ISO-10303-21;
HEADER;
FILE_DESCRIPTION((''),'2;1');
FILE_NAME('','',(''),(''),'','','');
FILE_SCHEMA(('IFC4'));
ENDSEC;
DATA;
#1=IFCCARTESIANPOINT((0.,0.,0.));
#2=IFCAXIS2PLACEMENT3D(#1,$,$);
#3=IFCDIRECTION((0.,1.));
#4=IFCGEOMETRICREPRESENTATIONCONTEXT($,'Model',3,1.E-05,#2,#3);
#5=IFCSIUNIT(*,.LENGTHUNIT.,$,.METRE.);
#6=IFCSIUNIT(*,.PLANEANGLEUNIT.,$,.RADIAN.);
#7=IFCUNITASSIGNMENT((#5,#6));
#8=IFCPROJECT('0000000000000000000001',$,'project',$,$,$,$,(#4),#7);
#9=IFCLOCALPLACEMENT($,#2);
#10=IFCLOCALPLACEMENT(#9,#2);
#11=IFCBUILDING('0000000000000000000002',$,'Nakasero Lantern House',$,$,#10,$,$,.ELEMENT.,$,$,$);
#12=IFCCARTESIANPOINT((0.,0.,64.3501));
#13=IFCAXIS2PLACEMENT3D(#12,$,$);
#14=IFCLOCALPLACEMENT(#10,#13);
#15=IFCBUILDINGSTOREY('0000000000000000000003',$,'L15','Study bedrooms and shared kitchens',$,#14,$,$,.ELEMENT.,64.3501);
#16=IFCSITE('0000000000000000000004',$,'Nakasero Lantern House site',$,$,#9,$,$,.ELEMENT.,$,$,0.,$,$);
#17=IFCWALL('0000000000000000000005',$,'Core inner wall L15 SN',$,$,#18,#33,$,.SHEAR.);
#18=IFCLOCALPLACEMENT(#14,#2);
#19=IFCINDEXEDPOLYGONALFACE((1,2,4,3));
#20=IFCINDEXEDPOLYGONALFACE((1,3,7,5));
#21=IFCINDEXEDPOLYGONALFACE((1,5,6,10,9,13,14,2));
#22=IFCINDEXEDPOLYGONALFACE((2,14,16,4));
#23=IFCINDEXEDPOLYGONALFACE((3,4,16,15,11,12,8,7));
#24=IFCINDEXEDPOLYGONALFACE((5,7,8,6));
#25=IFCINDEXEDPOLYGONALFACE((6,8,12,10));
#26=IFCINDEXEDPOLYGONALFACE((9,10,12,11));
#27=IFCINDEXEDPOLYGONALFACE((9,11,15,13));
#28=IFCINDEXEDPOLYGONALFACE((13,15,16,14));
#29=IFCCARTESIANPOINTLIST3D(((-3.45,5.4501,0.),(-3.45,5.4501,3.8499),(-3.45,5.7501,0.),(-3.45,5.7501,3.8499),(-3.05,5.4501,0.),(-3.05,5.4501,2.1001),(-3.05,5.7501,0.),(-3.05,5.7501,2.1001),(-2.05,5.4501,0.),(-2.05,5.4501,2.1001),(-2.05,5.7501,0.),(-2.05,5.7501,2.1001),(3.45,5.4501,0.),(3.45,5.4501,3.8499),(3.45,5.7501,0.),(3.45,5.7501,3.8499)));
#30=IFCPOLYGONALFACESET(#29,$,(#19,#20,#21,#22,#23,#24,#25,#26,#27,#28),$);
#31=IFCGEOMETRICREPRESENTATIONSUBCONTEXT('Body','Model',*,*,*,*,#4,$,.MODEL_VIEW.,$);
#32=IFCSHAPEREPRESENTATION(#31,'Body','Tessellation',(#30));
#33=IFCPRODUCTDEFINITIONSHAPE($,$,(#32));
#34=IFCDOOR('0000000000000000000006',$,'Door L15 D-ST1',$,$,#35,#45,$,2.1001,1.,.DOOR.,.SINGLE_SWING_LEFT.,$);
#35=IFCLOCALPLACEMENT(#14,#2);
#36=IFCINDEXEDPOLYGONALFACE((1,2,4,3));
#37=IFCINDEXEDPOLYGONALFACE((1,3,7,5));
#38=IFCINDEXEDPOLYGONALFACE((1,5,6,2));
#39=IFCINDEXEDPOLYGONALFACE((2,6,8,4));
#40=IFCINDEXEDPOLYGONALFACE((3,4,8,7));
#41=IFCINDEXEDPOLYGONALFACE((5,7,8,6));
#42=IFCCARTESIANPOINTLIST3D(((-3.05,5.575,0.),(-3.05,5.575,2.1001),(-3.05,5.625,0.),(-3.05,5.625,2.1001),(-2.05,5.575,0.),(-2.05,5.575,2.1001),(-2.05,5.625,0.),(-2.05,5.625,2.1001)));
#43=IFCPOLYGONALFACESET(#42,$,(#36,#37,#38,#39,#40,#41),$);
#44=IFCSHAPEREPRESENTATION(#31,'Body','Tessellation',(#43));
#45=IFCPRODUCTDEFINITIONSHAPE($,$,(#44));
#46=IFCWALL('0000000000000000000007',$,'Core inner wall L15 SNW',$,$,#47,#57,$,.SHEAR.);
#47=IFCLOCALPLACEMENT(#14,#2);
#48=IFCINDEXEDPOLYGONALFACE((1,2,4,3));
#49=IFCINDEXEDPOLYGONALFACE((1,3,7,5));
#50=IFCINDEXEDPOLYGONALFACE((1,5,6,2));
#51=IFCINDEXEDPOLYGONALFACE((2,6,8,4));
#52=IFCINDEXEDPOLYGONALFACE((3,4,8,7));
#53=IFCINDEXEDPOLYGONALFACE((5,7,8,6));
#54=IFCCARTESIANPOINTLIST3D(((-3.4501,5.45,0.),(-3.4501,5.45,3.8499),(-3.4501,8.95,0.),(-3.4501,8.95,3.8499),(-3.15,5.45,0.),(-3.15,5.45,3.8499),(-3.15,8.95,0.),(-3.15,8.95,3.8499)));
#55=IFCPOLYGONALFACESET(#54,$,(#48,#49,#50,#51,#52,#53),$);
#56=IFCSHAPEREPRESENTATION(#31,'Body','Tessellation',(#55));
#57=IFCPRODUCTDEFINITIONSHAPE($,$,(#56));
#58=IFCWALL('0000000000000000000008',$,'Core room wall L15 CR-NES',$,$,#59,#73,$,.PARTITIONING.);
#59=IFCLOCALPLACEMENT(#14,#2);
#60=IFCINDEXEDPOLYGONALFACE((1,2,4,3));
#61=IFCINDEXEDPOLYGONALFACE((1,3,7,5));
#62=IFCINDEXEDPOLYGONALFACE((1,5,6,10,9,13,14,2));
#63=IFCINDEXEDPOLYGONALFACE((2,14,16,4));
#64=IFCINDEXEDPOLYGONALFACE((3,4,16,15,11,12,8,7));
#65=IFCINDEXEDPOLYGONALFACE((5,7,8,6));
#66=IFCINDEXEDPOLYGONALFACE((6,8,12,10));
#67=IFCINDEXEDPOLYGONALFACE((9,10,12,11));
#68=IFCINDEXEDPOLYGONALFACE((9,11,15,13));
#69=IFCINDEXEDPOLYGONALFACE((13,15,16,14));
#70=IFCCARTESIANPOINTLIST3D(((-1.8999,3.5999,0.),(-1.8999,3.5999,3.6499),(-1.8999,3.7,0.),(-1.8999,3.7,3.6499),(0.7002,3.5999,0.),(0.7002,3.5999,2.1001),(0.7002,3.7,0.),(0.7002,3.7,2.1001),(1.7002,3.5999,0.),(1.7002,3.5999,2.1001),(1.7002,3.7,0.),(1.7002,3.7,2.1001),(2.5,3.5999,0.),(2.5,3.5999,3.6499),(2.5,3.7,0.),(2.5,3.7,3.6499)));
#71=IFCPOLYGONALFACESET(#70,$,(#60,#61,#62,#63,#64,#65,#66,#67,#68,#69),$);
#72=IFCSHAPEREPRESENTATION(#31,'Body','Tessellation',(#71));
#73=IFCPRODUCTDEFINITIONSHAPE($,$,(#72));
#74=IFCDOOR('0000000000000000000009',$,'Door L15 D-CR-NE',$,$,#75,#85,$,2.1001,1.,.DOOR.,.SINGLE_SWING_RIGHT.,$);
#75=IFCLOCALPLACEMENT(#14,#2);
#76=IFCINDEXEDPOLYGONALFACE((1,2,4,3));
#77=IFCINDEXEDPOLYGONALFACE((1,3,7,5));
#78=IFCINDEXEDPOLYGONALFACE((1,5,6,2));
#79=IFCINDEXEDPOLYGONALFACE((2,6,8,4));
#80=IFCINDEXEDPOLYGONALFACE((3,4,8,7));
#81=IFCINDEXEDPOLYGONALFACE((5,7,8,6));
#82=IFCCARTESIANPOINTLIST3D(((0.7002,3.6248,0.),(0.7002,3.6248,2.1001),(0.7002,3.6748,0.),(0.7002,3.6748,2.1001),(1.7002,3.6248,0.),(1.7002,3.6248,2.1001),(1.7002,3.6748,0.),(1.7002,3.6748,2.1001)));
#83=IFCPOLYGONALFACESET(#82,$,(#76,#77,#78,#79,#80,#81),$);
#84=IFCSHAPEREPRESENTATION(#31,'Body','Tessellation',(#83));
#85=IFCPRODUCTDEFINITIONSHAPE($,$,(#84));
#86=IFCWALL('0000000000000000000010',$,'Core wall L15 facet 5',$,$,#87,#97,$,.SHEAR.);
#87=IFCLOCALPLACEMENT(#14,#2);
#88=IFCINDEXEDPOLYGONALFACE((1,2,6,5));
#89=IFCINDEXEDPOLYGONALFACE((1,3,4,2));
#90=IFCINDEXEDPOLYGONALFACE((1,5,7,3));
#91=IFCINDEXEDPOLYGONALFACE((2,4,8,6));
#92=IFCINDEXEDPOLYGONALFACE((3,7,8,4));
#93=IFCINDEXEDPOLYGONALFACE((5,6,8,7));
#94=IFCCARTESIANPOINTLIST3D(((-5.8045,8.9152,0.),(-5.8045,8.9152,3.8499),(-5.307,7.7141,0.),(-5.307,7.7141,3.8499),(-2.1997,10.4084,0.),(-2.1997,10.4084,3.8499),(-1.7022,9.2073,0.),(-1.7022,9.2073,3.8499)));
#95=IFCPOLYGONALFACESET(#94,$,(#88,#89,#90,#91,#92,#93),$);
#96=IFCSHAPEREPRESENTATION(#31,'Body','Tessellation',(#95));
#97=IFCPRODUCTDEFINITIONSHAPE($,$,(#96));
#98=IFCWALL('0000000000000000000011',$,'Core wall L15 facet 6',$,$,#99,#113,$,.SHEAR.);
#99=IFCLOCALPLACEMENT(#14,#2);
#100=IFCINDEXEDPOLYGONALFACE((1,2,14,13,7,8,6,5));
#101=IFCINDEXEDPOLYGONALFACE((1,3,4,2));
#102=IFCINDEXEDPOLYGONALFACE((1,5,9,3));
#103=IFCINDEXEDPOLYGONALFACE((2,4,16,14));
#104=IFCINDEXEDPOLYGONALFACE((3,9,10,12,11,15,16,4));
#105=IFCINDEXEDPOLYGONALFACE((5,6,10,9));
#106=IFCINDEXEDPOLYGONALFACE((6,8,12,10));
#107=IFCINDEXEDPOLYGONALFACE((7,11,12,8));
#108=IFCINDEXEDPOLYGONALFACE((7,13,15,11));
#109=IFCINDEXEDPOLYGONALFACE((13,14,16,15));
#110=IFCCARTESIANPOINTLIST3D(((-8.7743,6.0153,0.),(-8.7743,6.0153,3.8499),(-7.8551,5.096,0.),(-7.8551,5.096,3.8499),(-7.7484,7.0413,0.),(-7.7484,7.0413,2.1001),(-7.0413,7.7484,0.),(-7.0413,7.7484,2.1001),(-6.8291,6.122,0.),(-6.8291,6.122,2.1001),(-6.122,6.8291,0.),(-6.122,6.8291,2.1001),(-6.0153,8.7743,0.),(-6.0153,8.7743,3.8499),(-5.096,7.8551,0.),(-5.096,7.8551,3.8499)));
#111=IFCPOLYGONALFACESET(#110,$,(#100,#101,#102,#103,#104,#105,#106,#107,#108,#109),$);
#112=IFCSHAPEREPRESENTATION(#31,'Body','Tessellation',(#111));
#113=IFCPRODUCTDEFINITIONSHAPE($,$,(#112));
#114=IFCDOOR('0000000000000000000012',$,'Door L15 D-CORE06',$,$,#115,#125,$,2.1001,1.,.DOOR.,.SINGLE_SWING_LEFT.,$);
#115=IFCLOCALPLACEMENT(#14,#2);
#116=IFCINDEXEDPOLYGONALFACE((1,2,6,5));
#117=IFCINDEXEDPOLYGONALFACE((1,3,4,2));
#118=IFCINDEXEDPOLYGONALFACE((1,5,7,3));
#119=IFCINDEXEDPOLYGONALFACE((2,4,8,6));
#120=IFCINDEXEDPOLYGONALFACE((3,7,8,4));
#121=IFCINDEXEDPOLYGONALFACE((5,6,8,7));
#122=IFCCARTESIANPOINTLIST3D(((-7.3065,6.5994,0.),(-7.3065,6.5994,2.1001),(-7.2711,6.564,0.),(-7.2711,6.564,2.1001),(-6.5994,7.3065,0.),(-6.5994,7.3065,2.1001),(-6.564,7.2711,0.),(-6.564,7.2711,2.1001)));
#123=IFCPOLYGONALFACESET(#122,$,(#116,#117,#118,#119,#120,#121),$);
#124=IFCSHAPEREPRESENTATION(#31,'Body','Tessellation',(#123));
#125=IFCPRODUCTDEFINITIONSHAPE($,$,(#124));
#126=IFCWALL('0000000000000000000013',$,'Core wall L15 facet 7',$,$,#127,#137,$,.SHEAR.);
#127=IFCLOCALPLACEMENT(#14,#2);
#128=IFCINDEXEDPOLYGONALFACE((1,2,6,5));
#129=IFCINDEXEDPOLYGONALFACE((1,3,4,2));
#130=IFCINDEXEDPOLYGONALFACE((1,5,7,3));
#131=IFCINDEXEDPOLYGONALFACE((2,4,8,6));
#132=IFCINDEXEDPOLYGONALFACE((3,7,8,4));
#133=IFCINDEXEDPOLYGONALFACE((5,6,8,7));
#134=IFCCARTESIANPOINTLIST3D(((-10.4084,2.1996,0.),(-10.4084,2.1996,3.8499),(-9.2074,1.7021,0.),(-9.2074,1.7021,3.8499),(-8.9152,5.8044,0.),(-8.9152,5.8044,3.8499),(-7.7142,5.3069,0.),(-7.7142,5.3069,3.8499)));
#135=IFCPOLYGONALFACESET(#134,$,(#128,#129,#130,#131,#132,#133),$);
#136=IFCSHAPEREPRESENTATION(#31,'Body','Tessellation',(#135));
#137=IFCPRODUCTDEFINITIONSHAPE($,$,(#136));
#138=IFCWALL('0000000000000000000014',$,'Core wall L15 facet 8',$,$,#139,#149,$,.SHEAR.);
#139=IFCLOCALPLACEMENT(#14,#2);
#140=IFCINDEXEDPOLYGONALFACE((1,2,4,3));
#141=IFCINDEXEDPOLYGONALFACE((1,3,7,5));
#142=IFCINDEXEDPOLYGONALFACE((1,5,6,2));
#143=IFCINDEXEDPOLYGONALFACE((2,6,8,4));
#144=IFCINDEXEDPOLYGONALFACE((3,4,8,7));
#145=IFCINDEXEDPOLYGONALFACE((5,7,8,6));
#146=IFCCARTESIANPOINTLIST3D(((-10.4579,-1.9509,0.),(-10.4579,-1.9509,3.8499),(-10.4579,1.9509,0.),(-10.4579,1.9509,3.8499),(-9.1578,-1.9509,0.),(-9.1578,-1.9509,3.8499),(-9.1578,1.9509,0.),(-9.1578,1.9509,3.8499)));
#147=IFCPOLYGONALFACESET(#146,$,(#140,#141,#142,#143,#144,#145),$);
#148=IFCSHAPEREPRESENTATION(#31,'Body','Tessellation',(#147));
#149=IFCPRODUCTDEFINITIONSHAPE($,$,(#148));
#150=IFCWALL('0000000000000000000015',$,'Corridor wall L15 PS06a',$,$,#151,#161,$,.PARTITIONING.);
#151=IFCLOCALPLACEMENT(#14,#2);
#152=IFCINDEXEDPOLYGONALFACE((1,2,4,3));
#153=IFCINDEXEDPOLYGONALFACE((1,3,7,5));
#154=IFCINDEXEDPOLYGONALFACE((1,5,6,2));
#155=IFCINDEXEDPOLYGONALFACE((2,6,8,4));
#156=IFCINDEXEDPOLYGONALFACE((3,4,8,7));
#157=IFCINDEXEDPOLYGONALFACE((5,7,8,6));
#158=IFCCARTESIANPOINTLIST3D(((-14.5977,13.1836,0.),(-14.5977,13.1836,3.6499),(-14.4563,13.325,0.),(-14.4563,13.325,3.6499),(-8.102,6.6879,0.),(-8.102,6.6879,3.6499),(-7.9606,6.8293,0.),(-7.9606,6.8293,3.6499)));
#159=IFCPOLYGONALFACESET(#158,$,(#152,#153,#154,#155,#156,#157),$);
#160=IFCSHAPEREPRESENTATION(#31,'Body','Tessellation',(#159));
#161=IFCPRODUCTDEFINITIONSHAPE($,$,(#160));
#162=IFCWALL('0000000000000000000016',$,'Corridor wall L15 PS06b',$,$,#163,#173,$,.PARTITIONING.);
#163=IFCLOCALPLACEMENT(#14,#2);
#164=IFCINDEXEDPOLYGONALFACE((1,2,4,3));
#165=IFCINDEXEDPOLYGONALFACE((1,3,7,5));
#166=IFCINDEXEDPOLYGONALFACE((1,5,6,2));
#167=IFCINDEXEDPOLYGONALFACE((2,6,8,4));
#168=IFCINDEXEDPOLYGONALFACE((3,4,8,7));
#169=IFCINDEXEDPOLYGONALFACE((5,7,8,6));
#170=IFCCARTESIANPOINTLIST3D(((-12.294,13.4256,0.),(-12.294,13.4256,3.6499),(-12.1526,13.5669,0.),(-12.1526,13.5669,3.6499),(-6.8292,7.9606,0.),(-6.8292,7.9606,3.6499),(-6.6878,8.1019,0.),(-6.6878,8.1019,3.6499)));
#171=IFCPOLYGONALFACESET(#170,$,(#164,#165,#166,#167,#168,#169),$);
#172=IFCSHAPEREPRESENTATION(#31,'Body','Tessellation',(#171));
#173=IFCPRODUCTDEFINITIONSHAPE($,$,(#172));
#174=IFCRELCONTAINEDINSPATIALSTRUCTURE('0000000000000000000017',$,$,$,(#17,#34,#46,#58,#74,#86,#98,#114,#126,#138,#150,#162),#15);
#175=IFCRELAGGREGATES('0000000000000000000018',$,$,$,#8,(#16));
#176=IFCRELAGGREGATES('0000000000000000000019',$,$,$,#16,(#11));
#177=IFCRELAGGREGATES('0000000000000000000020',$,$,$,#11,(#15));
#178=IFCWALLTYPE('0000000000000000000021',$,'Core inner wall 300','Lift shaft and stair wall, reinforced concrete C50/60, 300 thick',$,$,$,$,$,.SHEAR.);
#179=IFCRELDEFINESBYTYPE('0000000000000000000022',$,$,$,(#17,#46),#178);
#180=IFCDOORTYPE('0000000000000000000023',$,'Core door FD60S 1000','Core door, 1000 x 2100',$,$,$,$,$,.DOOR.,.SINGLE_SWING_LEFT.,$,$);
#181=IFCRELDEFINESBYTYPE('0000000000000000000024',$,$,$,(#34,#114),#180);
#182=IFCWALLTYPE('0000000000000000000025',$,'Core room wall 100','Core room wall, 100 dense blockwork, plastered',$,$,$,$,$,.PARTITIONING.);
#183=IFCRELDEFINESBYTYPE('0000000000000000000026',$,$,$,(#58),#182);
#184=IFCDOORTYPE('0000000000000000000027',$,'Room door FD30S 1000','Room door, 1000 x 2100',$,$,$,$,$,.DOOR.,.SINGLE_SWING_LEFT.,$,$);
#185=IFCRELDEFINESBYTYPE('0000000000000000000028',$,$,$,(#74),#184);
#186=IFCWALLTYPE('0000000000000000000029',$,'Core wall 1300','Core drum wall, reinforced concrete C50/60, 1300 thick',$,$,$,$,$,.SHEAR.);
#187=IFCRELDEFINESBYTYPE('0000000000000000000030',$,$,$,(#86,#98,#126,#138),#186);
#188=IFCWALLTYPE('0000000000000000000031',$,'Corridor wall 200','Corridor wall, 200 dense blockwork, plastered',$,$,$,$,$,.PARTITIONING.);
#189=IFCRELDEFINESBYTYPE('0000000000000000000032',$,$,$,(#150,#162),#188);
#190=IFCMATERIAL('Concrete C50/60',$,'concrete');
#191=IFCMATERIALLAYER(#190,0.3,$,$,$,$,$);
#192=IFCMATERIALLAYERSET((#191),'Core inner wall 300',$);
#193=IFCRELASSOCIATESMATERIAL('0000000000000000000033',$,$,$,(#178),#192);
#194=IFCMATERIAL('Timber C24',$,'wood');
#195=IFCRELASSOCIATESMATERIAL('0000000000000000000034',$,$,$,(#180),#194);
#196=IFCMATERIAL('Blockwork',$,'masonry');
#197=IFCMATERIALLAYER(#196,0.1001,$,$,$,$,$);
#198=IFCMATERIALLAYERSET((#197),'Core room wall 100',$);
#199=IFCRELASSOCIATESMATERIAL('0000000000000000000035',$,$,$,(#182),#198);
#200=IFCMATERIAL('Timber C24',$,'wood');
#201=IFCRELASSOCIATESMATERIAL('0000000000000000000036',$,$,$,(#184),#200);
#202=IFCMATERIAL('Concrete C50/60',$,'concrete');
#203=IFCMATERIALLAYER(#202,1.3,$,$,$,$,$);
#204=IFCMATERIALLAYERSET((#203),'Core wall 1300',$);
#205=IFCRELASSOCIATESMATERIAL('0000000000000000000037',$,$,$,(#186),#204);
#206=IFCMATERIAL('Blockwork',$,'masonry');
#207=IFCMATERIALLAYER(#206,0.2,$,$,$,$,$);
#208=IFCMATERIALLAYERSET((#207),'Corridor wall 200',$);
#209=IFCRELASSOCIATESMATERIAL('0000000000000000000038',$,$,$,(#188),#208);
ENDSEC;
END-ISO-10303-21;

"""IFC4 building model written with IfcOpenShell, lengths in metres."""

from ifc_helpers import new_model, si_unit, direction, frame, frame_2d, origin, place, context, subcontext, project, spatial, rectangle, extrude, material, layer, layer_set, type_object, element, fill, save


model = new_model("IFC4")

# Units and contexts
model_context = context("Model", 3, precision=1e-05, world=origin(), true_north=direction((0.0, 1.0)))
body_context = subcontext(model_context, "Body", "Model", "MODEL_VIEW")
ifc_project = project(units=[si_unit("LENGTHUNIT", "METRE"), si_unit("PLANEANGLEUNIT", "RADIAN")], contexts=[model_context])

# Site, building, storey
site_placement = place(None, origin())
site = spatial("IfcSite", under=ifc_project, at=site_placement, Name="Nakasero Lantern House site", CompositionType="ELEMENT", RefElevation=0.0)
building_placement = place(site_placement, origin())
building = spatial("IfcBuilding", under=site, at=building_placement, Name="Nakasero Lantern House", CompositionType="ELEMENT")
storey_placement = place(building_placement, frame((0.0, 0.0, 64.3501)))
storey = spatial("IfcBuildingStorey", under=building, at=storey_placement, Name="L15", Description="Study bedrooms and shared kitchens", CompositionType="ELEMENT", Elevation=64.3501)

# Shared definitions
ifc_material_1 = material(Name="Concrete C50/60", Category="concrete")
ifc_layer_1 = layer(ifc_material_1, 0.3)
ifc_layer_set_1 = layer_set([ifc_layer_1], Name="Core inner wall 300")
wall_type_1 = type_object("IfcWallType", Name="Core inner wall 300", Description="Lift shaft and stair wall, reinforced concrete C50/60, 300 thick", PredefinedType="SHEAR", material=ifc_layer_set_1)

# Wall, opening, door
wall_1_placement = place(storey_placement, frame((-3.45, 5.6001, 0.0), z_axis=(0.0, 0.0, 1.0), x_axis=(1.0, 0.0, 0.0)))
wall_1 = element("IfcWall", 1, at=wall_1_placement, inside=storey, type_object=wall_type_1, Name="Core inner wall L15 SN", PredefinedType="SHEAR", context=body_context, shape_type="SweptSolid", body=[
    extrude(rectangle(XDim=6.8999, YDim=0.3, at=frame_2d((3.45, 0.0))), origin(), (0.0, 0.0, 1.0), 3.8499),
])
opening_1_placement = place(wall_1_placement, frame((0.3999, 0.0, 0.0)))
opening_1 = element("IfcOpeningElement", 2, at=opening_1_placement, cuts=wall_1, PredefinedType="OPENING", context=body_context, shape_type="SweptSolid", body=[
    extrude(rectangle(XDim=1.0, YDim=2.1001, at=frame_2d((0.5, 1.05))), frame((0.0, 0.1699, 0.0), z_axis=(0.0, -1.0, 0.0), x_axis=(1.0, 0.0, 0.0)), (0.0, 0.0, 1.0), 0.3401),
])
ifc_material_2 = material(Name="Timber C24", Category="wood")
door_type_1 = type_object("IfcDoorType", Name="Core door FD60S 1000", Description="Core door, 1000 x 2100", OperationType="SINGLE_SWING_LEFT", PredefinedType="DOOR", material=ifc_material_2)
door_1_placement = place(opening_1_placement, origin())
door_1 = element("IfcDoor", 3, at=door_1_placement, inside=storey, type_object=door_type_1, Name="Door L15 D-ST1", OperationType="SINGLE_SWING_LEFT", OverallHeight=2.1001, OverallWidth=1.0, PredefinedType="DOOR", context=body_context, shape_type="SweptSolid", body=[
    extrude(rectangle(XDim=1.0, YDim=2.1001, at=frame_2d((0.5, 1.05))), frame((0.0, 0.0249, 0.0), z_axis=(0.0, -1.0, 0.0), x_axis=(1.0, 0.0, 0.0)), (0.0, 0.0, 1.0), 0.05),
])
fill(opening_1, door_1)

# Wall
wall_2_placement = place(storey_placement, frame((-3.3, 5.45, 0.0), z_axis=(0.0, 0.0, 1.0), x_axis=(0.0, 1.0, 0.0)))
element("IfcWall", 4, at=wall_2_placement, inside=storey, type_object=wall_type_1, Name="Core inner wall L15 SNW", PredefinedType="SHEAR", context=body_context, shape_type="SweptSolid", body=[
    extrude(rectangle(XDim=3.5, YDim=0.3, at=frame_2d((1.75, 0.0))), origin(), (0.0, 0.0, 1.0), 3.8499),
])

# Wall, opening, door
ifc_material_3 = material(Name="Blockwork", Category="masonry")
ifc_layer_2 = layer(ifc_material_3, 0.1001)
ifc_layer_set_2 = layer_set([ifc_layer_2], Name="Core room wall 100")
wall_type_2 = type_object("IfcWallType", Name="Core room wall 100", Description="Core room wall, 100 dense blockwork, plastered", PredefinedType="PARTITIONING", material=ifc_layer_set_2)
wall_3_placement = place(storey_placement, frame((-1.8999, 3.6499, 0.0), z_axis=(0.0, 0.0, 1.0), x_axis=(1.0, 0.0, 0.0)))
wall_3 = element("IfcWall", 5, at=wall_3_placement, inside=storey, type_object=wall_type_2, Name="Core room wall L15 CR-NES", PredefinedType="PARTITIONING", context=body_context, shape_type="SweptSolid", body=[
    extrude(rectangle(XDim=4.3999, YDim=0.1001, at=frame_2d((2.2, 0.0))), origin(), (0.0, 0.0, 1.0), 3.6499),
])
opening_2_placement = place(wall_3_placement, frame((2.6001, 0.0, 0.0)))
opening_2 = element("IfcOpeningElement", 6, at=opening_2_placement, cuts=wall_3, PredefinedType="OPENING", context=body_context, shape_type="SweptSolid", body=[
    extrude(rectangle(XDim=1.0, YDim=2.1001, at=frame_2d((0.5, 1.05))), frame((0.0, 0.0701, 0.0), z_axis=(0.0, -1.0, 0.0), x_axis=(1.0, 0.0, 0.0)), (0.0, 0.0, 1.0), 0.1401),
])
ifc_material_4 = material(Name="Timber C24", Category="wood")
door_type_2 = type_object("IfcDoorType", Name="Room door FD30S 1000", Description="Room door, 1000 x 2100", OperationType="SINGLE_SWING_LEFT", PredefinedType="DOOR", material=ifc_material_4)
door_2_placement = place(opening_2_placement, origin())
door_2 = element("IfcDoor", 7, at=door_2_placement, inside=storey, type_object=door_type_2, Name="Door L15 D-CR-NE", OperationType="SINGLE_SWING_RIGHT", OverallHeight=2.1001, OverallWidth=1.0, PredefinedType="DOOR", context=body_context, shape_type="SweptSolid", body=[
    extrude(rectangle(XDim=1.0, YDim=2.1001, at=frame_2d((0.5, 1.05))), frame((0.0, 0.0249, 0.0), z_axis=(0.0, -1.0, 0.0), x_axis=(1.0, 0.0, 0.0)), (0.0, 0.0, 1.0), 0.05),
])
fill(opening_2, door_2)

# Wall
ifc_material_5 = material(Name="Concrete C50/60", Category="concrete")
ifc_layer_3 = layer(ifc_material_5, 1.3)
ifc_layer_set_3 = layer_set([ifc_layer_3], Name="Core wall 1300")
wall_type_3 = type_object("IfcWallType", Name="Core wall 1300", Description="Core drum wall, reinforced concrete C50/60, 1300 thick", PredefinedType="SHEAR", material=ifc_layer_set_3)
wall_4_placement = place(storey_placement, frame((-1.9509, 9.8079, 0.0), z_axis=(0.0, 0.0, 1.0), x_axis=(-0.923877, -0.382691, 0.0)))
element("IfcWall", 8, at=wall_4_placement, inside=storey, type_object=wall_type_3, Name="Core wall L15 facet 5", PredefinedType="SHEAR", context=body_context, shape_type="SweptSolid", body=[
    extrude(rectangle(XDim=3.9019, YDim=1.3, at=frame_2d((1.9509, 0.0))), origin(), (0.0, 0.0, 1.0), 3.8499),
])

# Wall, opening, door
wall_5_placement = place(storey_placement, frame((-5.5557, 8.3147, 0.0), z_axis=(0.0, 0.0, 1.0), x_axis=(-0.707107, -0.707107, 0.0)))
wall_5 = element("IfcWall", 9, at=wall_5_placement, inside=storey, type_object=wall_type_3, Name="Core wall L15 facet 6", PredefinedType="SHEAR", context=body_context, shape_type="SweptSolid", body=[
    extrude(rectangle(XDim=3.9019, YDim=1.3, at=frame_2d((1.9509, 0.0))), origin(), (0.0, 0.0, 1.0), 3.8499),
])
opening_3_placement = place(wall_5_placement, frame((1.4509, 0.0, 0.0)))
opening_3 = element("IfcOpeningElement", 10, at=opening_3_placement, cuts=wall_5, PredefinedType="OPENING", context=body_context, shape_type="SweptSolid", body=[
    extrude(rectangle(XDim=1.0, YDim=2.1001, at=frame_2d((0.5, 1.05))), frame((0.0, 0.6699, 0.0), z_axis=(0.0, -1.0, 0.0), x_axis=(1.0, 0.0, 0.0)), (0.0, 0.0, 1.0), 1.3401),
])
door_3_placement = place(opening_3_placement, origin())
door_3 = element("IfcDoor", 11, at=door_3_placement, inside=storey, type_object=door_type_1, Name="Door L15 D-CORE06", OperationType="SINGLE_SWING_LEFT", OverallHeight=2.1001, OverallWidth=1.0, PredefinedType="DOOR", context=body_context, shape_type="SweptSolid", body=[
    extrude(rectangle(XDim=1.0, YDim=2.1001, at=frame_2d((0.5, 1.05))), frame((0.0, 0.0249, 0.0), z_axis=(0.0, -1.0, 0.0), x_axis=(1.0, 0.0, 0.0)), (0.0, 0.0, 1.0), 0.05),
])
fill(opening_3, door_3)

# Walls
for number, where, z_axis, x_axis, name in (
    (12, (-8.3147, 5.5557, 0.0), (0.0, 0.0, 1.0), (-0.382691, -0.923877, 0.0), "Core wall L15 facet 7"),
    (13, (-9.8079, 1.9509, 0.0), (0.0, 0.0, 1.0), (0.0, -1.0, 0.0), "Core wall L15 facet 8"),
):
    element("IfcWall", number, at=place(storey_placement, frame(where, z_axis=z_axis, x_axis=x_axis)), inside=storey, type_object=wall_type_3, Name=name, PredefinedType="SHEAR", context=body_context, shape_type="SweptSolid", body=[
        extrude(rectangle(XDim=3.9019, YDim=1.3, at=frame_2d((1.9509, 0.0))), origin(), (0.0, 0.0, 1.0), 3.8499),
    ])
ifc_material_6 = material(Name="Blockwork", Category="masonry")
ifc_layer_4 = layer(ifc_material_6, 0.2)
ifc_layer_set_4 = layer_set([ifc_layer_4], Name="Corridor wall 200")
wall_type_4 = type_object("IfcWallType", Name="Corridor wall 200", Description="Corridor wall, 200 dense blockwork, plastered", PredefinedType="PARTITIONING", material=ifc_layer_set_4)
wall_6_placement = place(storey_placement, frame((-8.0312, 6.7585, 0.0), z_axis=(0.0, 0.0, 1.0), x_axis=(-0.707107, 0.707107, 0.0)))
element("IfcWall", 14, at=wall_6_placement, inside=storey, type_object=wall_type_4, Name="Corridor wall L15 PS06a", PredefinedType="PARTITIONING", context=body_context, shape_type="SweptSolid", body=[
    extrude(rectangle(XDim=9.1863, YDim=0.2, at=frame_2d((4.5933, 0.0))), origin(), (0.0, 0.0, 1.0), 3.6499),
])
wall_7_placement = place(storey_placement, frame((-6.7585, 8.0312, 0.0), z_axis=(0.0, 0.0, 1.0), x_axis=(-0.707091, 0.707123, 0.0)))
element("IfcWall", 15, at=wall_7_placement, inside=storey, type_object=wall_type_4, Name="Corridor wall L15 PS06b", PredefinedType="PARTITIONING", context=body_context, shape_type="SweptSolid", body=[
    extrude(rectangle(XDim=7.7285, YDim=0.2, at=frame_2d((3.8643, 0.0))), origin(), (0.0, 0.0, 1.0), 3.6499),
])

save(model, "model.ifc")
